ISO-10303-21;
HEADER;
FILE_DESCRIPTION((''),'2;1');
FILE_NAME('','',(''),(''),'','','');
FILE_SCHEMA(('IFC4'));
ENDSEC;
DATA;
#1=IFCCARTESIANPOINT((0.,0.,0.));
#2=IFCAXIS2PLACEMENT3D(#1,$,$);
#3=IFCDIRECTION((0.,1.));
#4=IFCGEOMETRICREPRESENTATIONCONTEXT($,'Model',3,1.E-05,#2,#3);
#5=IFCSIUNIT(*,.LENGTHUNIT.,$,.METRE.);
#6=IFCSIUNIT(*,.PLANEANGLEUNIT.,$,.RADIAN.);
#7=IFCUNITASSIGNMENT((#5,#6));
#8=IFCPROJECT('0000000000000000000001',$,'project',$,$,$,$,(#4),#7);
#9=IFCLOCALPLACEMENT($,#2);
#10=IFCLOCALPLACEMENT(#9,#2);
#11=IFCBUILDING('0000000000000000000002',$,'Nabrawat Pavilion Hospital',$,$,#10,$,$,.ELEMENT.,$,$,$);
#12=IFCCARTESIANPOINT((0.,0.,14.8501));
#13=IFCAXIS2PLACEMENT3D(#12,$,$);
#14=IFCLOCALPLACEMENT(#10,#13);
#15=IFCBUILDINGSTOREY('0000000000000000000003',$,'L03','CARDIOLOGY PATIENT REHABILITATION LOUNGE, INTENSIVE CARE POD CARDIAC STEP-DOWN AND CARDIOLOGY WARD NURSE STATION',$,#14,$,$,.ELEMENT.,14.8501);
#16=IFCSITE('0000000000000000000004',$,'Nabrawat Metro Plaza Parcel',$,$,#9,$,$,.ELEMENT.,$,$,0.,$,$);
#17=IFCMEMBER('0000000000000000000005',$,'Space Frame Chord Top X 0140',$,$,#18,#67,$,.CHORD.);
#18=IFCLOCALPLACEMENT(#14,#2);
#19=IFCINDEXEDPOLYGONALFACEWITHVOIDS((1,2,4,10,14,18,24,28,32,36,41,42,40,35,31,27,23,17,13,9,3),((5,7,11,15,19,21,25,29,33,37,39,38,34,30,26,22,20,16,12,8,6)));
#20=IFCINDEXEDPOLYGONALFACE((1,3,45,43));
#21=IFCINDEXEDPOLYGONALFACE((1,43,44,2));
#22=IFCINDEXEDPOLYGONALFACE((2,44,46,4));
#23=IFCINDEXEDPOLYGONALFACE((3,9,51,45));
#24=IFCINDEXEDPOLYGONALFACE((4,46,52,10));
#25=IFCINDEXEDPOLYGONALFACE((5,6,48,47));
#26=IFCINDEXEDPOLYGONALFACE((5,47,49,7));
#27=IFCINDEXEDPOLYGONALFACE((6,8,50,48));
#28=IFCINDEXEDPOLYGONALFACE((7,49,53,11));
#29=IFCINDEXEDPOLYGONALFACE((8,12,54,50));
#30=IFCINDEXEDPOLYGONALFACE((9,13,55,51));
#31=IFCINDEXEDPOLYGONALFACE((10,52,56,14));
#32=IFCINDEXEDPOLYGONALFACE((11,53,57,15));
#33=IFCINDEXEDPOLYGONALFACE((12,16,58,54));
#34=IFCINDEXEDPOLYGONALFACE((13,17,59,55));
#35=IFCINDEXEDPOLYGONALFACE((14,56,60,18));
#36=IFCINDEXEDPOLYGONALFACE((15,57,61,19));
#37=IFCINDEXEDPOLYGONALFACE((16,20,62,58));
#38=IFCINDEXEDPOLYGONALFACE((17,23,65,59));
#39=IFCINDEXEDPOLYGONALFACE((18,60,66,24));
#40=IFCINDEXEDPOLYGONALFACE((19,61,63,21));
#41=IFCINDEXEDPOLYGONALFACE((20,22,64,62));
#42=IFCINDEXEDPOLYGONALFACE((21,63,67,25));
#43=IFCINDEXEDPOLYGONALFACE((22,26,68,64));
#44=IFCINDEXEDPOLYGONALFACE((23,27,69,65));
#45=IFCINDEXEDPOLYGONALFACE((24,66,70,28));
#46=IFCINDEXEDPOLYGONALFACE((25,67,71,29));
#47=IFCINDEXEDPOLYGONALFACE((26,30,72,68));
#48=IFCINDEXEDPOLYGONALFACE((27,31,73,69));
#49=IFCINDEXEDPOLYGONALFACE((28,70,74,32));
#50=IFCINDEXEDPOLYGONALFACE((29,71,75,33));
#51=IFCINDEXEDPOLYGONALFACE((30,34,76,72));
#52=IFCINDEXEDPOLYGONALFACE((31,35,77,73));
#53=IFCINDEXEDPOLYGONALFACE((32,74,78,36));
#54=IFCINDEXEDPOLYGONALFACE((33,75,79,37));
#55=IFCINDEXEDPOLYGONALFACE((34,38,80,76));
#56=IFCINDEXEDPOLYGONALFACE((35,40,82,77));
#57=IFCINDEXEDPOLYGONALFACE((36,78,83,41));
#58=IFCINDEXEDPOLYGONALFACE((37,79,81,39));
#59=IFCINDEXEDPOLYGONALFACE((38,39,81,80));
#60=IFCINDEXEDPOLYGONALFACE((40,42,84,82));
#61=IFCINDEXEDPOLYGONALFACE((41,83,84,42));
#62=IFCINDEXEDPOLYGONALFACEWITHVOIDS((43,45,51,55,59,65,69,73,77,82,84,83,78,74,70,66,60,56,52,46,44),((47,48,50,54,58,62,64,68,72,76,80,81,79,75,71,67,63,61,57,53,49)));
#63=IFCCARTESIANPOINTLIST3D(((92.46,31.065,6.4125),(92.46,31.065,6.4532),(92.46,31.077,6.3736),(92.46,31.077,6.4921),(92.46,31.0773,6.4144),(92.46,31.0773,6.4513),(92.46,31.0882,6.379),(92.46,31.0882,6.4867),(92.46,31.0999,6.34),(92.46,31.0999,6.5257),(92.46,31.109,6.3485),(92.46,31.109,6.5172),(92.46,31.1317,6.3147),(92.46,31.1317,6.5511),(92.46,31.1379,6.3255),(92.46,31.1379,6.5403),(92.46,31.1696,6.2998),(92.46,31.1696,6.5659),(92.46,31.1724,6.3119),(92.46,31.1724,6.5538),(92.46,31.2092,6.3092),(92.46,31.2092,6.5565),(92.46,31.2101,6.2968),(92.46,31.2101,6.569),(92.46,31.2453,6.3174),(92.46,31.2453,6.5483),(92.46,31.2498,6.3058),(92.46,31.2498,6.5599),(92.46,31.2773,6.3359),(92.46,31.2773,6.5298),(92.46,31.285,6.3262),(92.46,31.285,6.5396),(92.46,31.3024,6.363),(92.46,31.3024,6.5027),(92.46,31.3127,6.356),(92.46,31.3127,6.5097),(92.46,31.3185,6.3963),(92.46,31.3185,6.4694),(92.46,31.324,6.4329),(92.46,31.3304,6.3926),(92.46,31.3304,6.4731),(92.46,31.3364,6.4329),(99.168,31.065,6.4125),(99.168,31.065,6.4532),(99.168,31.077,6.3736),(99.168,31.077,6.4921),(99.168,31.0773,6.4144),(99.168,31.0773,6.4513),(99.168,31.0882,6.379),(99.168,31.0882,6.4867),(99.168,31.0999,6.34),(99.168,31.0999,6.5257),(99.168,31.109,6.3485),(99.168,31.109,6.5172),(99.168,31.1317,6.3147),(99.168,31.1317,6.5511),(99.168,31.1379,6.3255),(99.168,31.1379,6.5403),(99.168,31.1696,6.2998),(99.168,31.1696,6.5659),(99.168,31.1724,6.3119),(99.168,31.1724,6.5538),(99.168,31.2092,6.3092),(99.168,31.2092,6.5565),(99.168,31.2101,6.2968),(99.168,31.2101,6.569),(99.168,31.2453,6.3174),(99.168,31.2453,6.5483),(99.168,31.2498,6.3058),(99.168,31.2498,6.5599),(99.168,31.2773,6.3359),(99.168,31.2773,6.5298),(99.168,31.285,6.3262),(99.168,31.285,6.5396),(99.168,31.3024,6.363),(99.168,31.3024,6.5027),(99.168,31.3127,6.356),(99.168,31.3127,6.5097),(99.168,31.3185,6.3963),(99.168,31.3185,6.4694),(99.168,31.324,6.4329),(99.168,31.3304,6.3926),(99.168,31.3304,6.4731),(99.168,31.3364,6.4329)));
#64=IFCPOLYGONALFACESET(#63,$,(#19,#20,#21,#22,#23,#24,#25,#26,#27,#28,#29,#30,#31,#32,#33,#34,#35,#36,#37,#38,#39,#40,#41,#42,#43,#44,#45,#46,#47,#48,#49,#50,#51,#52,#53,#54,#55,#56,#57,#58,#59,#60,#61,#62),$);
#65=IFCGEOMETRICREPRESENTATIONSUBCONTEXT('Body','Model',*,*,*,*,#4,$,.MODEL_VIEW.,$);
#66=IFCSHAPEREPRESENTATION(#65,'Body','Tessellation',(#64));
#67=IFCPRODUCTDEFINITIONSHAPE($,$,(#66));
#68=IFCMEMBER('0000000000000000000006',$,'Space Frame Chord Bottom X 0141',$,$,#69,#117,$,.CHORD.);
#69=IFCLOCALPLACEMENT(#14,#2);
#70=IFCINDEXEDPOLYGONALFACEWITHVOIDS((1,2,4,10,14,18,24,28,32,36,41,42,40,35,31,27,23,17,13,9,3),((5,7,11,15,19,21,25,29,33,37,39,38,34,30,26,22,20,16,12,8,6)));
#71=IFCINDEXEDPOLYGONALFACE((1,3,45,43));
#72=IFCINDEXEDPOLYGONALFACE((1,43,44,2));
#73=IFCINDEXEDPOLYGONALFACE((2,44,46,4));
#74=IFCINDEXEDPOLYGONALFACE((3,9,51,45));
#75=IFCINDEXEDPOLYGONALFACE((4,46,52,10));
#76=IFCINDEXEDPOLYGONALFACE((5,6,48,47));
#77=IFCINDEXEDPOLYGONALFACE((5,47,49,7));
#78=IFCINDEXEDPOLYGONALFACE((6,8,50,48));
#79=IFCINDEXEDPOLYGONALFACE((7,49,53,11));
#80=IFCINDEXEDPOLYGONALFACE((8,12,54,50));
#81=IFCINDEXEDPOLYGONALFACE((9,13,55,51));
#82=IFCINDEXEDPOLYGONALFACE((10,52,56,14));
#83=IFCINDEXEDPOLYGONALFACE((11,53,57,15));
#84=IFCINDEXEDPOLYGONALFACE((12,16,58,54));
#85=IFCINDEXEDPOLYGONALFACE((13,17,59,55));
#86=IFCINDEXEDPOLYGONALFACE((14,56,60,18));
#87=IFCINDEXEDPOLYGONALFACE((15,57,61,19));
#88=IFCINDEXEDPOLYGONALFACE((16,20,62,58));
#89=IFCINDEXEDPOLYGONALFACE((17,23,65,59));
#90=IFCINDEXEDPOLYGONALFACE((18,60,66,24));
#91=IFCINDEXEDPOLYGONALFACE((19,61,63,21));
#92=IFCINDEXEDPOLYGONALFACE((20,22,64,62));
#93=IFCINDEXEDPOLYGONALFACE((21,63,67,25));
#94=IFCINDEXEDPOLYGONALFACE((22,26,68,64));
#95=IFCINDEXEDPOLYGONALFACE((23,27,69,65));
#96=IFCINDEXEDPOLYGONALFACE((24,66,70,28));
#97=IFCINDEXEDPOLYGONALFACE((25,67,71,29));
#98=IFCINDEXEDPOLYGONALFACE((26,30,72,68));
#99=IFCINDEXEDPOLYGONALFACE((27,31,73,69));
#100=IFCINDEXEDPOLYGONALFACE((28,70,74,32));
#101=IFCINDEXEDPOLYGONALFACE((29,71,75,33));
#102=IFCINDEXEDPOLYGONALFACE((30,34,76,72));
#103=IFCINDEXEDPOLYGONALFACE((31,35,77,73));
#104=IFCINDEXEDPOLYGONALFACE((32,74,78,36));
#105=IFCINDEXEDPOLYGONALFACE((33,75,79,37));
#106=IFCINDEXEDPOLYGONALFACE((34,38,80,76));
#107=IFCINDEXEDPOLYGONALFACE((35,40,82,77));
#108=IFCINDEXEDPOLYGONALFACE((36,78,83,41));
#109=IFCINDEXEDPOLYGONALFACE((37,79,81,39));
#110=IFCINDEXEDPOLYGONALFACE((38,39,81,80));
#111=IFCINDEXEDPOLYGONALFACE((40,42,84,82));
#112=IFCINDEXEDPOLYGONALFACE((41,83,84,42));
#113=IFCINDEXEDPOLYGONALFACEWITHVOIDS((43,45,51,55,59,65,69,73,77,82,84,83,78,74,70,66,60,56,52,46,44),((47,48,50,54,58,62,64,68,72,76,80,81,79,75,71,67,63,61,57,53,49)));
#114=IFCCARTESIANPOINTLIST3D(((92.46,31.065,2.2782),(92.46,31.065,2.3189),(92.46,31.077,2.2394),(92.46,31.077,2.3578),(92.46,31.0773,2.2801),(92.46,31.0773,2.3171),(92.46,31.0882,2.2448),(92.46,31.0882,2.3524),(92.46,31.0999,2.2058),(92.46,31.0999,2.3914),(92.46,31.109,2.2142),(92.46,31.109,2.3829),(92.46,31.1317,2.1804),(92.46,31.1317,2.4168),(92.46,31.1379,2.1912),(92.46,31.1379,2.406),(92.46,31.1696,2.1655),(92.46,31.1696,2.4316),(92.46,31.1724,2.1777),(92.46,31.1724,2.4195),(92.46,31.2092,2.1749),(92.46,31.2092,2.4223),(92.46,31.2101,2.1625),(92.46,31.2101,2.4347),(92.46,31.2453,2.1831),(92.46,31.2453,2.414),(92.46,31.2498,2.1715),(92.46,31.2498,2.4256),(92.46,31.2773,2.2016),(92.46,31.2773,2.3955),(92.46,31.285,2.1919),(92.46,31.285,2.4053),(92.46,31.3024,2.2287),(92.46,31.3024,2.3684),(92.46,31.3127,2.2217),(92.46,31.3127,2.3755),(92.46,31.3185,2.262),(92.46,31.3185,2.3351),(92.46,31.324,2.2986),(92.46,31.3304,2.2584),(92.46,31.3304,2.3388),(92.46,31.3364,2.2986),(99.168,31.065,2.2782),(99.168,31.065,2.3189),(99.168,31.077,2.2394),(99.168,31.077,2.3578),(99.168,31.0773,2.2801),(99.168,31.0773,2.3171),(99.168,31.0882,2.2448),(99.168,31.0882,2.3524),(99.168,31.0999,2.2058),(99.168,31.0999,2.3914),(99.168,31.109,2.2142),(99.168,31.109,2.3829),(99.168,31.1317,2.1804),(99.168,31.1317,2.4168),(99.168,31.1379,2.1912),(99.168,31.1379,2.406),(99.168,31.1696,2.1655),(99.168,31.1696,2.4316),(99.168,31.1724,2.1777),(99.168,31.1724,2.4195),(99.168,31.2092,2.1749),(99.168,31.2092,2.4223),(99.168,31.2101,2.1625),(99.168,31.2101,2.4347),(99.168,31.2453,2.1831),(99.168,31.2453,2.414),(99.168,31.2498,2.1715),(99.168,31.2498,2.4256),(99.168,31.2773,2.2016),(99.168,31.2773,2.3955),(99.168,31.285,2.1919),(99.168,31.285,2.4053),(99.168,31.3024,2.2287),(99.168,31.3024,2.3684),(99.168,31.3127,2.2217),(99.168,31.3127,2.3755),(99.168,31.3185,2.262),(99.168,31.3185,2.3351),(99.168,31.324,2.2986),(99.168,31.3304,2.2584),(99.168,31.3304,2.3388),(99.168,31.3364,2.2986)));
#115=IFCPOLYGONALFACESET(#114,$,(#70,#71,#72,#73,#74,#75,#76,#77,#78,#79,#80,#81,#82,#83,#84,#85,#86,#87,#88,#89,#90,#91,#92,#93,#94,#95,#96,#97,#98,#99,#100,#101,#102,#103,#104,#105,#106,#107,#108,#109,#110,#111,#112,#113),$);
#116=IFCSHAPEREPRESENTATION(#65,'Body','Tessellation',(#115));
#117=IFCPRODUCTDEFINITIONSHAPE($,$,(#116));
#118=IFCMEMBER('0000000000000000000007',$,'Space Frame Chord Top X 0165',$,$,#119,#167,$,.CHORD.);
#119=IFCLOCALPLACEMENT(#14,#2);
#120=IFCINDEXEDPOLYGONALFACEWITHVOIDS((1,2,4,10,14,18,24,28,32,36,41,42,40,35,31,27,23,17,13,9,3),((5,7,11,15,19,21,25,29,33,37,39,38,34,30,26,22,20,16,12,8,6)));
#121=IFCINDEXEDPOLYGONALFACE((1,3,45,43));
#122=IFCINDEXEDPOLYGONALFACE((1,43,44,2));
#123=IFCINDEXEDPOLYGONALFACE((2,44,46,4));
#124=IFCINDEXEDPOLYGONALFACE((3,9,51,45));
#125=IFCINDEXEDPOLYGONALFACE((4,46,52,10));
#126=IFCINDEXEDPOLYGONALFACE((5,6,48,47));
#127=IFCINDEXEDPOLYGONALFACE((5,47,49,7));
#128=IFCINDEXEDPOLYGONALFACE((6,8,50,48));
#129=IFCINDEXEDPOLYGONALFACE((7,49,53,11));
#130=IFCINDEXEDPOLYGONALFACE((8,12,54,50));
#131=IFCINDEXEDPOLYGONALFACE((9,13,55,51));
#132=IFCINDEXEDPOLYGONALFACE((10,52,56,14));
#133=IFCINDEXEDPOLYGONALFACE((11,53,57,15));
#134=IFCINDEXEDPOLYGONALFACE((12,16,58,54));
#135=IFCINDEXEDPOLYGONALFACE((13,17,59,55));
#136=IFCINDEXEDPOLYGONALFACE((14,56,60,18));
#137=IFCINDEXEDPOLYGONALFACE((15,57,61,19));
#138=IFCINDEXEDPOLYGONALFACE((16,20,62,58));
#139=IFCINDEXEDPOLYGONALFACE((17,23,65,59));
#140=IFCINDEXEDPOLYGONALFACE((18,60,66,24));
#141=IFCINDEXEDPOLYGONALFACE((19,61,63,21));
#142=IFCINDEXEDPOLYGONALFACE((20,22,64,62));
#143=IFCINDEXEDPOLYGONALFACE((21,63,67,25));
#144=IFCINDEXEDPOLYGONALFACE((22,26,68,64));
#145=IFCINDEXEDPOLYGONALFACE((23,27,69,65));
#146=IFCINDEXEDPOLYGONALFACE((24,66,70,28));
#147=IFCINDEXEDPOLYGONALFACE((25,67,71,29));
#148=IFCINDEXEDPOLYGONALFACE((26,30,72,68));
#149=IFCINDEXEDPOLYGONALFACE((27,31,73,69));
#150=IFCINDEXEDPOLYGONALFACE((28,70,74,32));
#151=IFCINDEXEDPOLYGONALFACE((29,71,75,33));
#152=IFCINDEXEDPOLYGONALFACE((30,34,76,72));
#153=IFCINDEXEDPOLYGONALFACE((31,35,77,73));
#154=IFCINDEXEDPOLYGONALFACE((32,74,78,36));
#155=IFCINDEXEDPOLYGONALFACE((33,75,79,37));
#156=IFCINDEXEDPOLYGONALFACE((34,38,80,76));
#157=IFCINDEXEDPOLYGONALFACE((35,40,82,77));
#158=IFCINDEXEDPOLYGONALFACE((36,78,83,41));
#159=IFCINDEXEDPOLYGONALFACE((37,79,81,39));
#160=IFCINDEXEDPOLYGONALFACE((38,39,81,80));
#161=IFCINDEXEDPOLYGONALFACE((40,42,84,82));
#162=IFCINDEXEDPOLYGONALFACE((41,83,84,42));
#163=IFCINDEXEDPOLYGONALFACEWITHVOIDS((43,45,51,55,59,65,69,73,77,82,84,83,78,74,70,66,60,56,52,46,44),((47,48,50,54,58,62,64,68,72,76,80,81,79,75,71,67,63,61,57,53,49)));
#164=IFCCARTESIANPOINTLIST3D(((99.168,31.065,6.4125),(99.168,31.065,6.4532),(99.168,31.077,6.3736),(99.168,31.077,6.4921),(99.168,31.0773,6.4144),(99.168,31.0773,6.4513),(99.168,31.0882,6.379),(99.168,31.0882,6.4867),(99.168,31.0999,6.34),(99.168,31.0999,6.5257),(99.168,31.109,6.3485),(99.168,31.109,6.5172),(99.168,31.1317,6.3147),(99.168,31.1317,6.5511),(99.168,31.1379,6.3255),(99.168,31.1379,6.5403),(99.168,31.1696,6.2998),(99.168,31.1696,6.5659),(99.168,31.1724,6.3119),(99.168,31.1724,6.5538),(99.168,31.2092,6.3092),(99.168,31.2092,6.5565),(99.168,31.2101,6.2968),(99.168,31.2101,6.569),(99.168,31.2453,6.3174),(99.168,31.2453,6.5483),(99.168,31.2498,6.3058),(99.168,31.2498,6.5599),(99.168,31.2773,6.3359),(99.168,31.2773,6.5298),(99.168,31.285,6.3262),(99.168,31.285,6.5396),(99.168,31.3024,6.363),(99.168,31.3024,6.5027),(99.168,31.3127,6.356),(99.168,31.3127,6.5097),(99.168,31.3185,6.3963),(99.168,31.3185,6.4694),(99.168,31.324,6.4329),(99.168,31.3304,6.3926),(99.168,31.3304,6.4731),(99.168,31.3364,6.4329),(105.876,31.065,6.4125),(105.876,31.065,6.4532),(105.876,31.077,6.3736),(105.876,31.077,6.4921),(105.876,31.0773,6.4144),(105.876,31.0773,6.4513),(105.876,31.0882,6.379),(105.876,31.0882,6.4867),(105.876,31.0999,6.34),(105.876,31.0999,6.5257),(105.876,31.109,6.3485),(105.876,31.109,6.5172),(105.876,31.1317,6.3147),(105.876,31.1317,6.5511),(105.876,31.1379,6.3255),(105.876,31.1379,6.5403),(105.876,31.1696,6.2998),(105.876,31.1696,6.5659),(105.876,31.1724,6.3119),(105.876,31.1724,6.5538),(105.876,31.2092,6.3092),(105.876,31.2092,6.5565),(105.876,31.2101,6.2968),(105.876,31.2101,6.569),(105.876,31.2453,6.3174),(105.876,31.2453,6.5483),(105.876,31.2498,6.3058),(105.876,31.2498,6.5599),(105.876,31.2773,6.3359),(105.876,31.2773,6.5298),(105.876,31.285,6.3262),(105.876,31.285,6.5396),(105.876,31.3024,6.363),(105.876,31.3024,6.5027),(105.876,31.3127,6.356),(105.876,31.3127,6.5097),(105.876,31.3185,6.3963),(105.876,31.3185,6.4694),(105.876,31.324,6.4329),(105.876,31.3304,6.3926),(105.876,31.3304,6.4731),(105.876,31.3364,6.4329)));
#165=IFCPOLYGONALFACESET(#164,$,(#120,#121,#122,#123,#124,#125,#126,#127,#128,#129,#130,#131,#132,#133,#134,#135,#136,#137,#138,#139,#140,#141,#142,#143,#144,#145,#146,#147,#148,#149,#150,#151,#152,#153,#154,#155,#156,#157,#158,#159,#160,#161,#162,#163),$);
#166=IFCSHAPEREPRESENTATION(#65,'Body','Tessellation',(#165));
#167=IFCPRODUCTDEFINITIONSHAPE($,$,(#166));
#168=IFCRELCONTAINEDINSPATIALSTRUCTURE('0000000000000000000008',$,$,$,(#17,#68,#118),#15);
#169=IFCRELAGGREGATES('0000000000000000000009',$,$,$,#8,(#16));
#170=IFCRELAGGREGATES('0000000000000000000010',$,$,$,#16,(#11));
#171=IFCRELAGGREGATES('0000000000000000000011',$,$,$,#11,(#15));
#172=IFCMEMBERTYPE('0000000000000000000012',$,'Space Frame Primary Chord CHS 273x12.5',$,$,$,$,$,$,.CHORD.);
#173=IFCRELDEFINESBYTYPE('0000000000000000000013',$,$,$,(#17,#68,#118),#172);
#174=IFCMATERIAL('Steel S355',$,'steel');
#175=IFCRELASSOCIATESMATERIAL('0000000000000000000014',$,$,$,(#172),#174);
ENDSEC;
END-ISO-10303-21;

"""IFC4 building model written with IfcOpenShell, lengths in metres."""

from ifc_helpers import new_model, si_unit, direction, frame, origin, origin_2d, place, context, subcontext, project, spatial, hollow_circle, extrude, material, material_profile, profile_set, type_object, element, save


model = new_model("IFC4")

# Units and contexts
model_context = context("Model", 3, precision=1e-05, world=origin(), true_north=direction((0.0, 1.0)))
body_context = subcontext(model_context, "Body", "Model", "MODEL_VIEW")
ifc_project = project(units=[si_unit("LENGTHUNIT", "METRE"), si_unit("PLANEANGLEUNIT", "RADIAN")], contexts=[model_context])

# Site, building, storey
site_placement = place(None, origin())
site = spatial("IfcSite", under=ifc_project, at=site_placement, Name="Nabrawat Metro Plaza Parcel", CompositionType="ELEMENT", RefElevation=0.0)
building_placement = place(site_placement, origin())
building = spatial("IfcBuilding", under=site, at=building_placement, Name="Nabrawat Pavilion Hospital", CompositionType="ELEMENT")
storey_placement = place(building_placement, frame((0.0, 0.0, 14.8501)))
storey = spatial("IfcBuildingStorey", under=building, at=storey_placement, Name="L03", Description="CARDIOLOGY PATIENT REHABILITATION LOUNGE, INTENSIVE CARE POD CARDIAC STEP-DOWN AND CARDIOLOGY WARD NURSE STATION", CompositionType="ELEMENT", Elevation=14.8501)

# Members
ifc_material = material(Name="Steel S355", Category="steel")
ifc_material_profile_1 = material_profile(ifc_material, hollow_circle(Radius=0.1365, WallThickness=0.0125, at=origin_2d()), Name="CHS 273x12.5")
ifc_profile_set_1 = profile_set([ifc_material_profile_1], Name="Steel S355")
member_type_1 = type_object("IfcMemberType", Name="Space Frame Primary Chord CHS 273x12.5", PredefinedType="CHORD", material=ifc_profile_set_1)
for number, where, z_axis, x_axis, name in (
    (1, (92.46, 31.2, 6.4329), (1.0, 0.0, 0.0), (0.0, 1.0, 0.0), "Space Frame Chord Top X 0140"),
    (2, (92.46, 31.2, 2.2986), (1.0, 0.0, 0.0), (0.0, 1.0, 0.0), "Space Frame Chord Bottom X 0141"),
    (3, (99.168, 31.2, 6.4329), (1.0, 0.0, 0.0), (0.0, 1.0, 0.0), "Space Frame Chord Top X 0165"),
):
    element("IfcMember", number, at=place(storey_placement, frame(where, z_axis=z_axis, x_axis=x_axis)), inside=storey, type_object=member_type_1, Name=name, PredefinedType="CHORD", context=body_context, shape_type="SweptSolid", body=[
        extrude(hollow_circle(Radius=0.1365, WallThickness=0.0125, at=origin_2d()), origin(), (0.0, 0.0, 1.0), 6.708),
    ])

save(model, "model.ifc")
